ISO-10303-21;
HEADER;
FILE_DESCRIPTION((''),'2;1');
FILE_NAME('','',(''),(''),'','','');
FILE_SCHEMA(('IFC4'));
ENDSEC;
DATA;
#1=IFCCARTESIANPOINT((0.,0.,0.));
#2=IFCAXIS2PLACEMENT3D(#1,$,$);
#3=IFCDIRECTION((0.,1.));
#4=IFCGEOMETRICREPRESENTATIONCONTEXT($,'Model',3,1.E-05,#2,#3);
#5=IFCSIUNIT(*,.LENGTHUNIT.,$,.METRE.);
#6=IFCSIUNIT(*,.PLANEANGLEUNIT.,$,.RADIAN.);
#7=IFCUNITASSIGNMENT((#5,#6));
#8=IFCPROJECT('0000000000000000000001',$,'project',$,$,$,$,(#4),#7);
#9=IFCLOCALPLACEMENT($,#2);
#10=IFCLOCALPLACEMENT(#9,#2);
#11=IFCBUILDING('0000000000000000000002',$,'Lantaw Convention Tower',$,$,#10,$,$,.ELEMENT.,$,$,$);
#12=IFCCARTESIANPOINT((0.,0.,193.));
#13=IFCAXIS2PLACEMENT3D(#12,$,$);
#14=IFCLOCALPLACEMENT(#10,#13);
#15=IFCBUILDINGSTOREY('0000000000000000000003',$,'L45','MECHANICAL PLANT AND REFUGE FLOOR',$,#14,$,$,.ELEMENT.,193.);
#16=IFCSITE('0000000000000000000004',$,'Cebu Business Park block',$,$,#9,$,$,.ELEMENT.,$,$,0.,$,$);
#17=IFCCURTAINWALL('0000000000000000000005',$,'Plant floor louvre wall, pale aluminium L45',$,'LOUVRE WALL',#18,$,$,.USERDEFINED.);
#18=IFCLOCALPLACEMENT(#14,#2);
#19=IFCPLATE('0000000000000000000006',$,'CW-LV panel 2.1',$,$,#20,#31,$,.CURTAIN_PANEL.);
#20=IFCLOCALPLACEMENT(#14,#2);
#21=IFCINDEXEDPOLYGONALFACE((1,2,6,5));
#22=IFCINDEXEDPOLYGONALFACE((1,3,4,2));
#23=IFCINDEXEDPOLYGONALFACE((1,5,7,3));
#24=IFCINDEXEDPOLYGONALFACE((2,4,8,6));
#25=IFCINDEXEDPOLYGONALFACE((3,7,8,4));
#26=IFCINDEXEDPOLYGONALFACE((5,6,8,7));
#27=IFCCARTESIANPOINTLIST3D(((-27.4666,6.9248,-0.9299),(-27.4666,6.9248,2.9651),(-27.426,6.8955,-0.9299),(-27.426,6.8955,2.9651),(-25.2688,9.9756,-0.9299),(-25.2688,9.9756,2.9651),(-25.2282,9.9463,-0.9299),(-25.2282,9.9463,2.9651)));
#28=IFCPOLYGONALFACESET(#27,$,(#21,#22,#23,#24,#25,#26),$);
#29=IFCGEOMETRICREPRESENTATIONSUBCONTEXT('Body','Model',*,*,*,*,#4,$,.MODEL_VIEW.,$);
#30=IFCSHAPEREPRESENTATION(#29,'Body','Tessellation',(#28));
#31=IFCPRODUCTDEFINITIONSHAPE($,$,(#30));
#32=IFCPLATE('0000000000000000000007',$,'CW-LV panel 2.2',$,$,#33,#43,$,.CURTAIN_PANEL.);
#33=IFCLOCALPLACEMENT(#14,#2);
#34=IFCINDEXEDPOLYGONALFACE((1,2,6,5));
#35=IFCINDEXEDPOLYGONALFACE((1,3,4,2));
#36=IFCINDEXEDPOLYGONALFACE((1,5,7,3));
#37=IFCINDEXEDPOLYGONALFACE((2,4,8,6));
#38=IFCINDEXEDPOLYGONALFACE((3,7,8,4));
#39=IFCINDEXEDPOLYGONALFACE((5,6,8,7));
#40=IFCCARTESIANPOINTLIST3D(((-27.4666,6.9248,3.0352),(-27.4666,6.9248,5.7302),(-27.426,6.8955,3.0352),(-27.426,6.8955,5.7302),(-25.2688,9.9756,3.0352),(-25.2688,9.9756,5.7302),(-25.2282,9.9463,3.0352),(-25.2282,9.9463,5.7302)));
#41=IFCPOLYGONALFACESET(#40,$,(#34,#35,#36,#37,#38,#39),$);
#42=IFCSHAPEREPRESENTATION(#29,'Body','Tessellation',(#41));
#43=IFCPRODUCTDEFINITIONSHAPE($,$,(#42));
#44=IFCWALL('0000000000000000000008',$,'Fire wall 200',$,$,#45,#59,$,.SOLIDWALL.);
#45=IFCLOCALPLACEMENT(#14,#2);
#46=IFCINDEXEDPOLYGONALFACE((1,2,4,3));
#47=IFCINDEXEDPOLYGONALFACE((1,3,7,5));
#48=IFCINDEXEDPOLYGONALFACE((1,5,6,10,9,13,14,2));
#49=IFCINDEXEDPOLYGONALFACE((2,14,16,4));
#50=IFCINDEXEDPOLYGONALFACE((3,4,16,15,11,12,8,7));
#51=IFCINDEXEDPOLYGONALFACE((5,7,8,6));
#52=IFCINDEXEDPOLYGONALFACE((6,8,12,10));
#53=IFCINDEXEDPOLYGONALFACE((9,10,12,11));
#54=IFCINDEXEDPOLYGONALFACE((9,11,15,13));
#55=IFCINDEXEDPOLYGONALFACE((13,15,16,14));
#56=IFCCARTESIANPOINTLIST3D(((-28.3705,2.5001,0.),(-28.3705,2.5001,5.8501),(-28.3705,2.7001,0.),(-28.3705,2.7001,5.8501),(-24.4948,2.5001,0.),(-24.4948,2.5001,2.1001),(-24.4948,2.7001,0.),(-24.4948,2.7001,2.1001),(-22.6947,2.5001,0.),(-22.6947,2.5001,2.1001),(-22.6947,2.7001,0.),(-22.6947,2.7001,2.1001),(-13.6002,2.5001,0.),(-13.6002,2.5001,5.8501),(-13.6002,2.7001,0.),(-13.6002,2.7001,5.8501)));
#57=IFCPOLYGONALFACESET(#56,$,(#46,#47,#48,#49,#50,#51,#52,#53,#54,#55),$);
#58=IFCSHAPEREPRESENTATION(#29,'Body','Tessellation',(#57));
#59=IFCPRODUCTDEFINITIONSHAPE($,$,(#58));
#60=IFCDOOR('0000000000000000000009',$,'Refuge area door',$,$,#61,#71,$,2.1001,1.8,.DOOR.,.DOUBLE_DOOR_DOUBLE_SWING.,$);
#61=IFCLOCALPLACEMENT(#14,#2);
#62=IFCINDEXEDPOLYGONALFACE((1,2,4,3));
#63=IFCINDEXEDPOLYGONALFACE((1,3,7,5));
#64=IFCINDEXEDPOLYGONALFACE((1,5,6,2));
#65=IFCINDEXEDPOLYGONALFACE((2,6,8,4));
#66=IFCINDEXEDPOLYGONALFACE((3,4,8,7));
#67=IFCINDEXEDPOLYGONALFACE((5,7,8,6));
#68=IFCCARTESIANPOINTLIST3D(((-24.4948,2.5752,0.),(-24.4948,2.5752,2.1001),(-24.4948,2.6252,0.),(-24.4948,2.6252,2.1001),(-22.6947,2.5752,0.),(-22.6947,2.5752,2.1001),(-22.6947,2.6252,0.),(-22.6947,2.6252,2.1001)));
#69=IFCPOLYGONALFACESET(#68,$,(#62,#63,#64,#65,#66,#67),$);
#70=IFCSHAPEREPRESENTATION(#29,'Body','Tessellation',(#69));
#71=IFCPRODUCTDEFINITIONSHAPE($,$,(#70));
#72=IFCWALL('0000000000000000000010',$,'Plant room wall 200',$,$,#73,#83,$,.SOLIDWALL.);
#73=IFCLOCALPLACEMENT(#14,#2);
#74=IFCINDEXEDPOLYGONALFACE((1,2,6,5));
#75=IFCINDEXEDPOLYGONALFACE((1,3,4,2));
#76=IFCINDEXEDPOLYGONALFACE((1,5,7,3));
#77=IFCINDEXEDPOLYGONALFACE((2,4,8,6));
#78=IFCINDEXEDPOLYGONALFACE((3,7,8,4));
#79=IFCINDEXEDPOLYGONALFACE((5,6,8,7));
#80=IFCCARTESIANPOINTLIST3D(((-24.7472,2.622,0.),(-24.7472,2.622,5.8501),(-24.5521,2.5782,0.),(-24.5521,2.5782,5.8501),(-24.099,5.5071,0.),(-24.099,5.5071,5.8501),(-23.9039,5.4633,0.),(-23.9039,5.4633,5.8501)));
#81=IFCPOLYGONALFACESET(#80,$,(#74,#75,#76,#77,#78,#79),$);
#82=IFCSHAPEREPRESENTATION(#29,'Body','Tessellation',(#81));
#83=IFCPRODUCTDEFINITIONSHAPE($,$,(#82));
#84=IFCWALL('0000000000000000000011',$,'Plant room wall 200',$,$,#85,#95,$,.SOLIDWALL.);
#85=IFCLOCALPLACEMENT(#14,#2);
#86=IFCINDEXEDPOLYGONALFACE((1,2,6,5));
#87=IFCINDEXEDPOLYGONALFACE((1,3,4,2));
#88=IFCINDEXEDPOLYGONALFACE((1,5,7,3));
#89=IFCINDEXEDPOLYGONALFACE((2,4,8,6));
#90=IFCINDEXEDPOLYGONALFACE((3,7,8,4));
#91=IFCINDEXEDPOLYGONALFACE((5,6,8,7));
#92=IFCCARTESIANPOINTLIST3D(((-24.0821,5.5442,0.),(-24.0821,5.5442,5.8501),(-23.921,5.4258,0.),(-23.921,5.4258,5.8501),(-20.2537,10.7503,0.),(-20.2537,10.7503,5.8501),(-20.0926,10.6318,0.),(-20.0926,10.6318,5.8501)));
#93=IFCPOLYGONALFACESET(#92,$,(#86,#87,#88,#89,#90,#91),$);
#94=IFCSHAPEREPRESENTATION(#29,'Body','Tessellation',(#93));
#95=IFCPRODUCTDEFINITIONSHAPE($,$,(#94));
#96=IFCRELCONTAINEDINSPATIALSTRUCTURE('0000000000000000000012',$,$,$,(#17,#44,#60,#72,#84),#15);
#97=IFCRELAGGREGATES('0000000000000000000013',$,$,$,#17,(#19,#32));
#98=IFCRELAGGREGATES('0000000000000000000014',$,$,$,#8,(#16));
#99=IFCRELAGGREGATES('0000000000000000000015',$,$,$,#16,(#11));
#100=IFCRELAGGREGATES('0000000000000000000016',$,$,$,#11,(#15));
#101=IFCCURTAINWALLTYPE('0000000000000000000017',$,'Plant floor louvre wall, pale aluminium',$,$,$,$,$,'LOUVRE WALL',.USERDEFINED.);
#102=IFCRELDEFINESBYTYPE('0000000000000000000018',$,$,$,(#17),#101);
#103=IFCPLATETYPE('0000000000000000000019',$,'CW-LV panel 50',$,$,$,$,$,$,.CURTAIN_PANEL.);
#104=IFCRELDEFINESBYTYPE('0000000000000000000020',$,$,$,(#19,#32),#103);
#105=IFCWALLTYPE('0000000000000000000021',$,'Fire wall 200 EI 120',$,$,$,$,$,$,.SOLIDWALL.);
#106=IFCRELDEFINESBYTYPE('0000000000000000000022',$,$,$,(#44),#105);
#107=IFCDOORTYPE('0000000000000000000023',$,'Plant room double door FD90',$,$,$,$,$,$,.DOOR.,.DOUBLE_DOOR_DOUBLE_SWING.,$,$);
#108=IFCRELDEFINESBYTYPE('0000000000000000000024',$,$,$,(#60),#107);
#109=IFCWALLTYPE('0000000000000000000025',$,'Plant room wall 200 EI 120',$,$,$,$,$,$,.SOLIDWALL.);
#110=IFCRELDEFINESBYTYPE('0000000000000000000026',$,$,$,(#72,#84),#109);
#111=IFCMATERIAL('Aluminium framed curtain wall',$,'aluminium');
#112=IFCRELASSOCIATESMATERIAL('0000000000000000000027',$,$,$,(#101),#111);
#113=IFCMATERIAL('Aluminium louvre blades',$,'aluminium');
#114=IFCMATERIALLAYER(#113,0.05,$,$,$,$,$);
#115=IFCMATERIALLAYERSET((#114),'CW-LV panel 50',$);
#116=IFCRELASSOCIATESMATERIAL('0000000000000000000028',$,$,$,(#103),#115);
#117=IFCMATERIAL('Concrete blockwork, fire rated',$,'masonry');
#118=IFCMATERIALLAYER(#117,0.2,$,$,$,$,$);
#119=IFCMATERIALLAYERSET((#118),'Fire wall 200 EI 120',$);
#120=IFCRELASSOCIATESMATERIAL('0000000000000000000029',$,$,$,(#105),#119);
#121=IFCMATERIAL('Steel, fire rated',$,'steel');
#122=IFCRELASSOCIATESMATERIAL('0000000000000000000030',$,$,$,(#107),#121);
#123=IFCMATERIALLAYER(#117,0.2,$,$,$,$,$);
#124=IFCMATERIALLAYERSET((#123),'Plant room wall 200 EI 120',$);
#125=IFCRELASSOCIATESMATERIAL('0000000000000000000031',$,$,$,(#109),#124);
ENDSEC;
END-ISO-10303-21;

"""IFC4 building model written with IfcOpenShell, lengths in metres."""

from ifc_helpers import new_model, si_unit, direction, frame, frame_2d, origin, origin_2d, place, context, subcontext, project, spatial, rectangle, extrude, material, layer, layer_set, type_object, element, fill, aggregate, save


model = new_model("IFC4")

# Units and contexts
model_context = context("Model", 3, precision=1e-05, world=origin(), true_north=direction((0.0, 1.0)))
body_context = subcontext(model_context, "Body", "Model", "MODEL_VIEW")
ifc_project = project(units=[si_unit("LENGTHUNIT", "METRE"), si_unit("PLANEANGLEUNIT", "RADIAN")], contexts=[model_context])

# Site, building, storey
site_placement = place(None, origin())
site = spatial("IfcSite", under=ifc_project, at=site_placement, Name="Cebu Business Park block", CompositionType="ELEMENT", RefElevation=0.0)
building_placement = place(site_placement, origin())
building = spatial("IfcBuilding", under=site, at=building_placement, Name="Lantaw Convention Tower", CompositionType="ELEMENT")
storey_placement = place(building_placement, frame((0.0, 0.0, 193.0)))
storey = spatial("IfcBuildingStorey", under=building, at=storey_placement, Name="L45", Description="MECHANICAL PLANT AND REFUGE FLOOR", CompositionType="ELEMENT", Elevation=193.0)

# Curtain wall
ifc_material_1 = material(Name="Aluminium framed curtain wall", Category="aluminium")
curtain_wall_type = type_object("IfcCurtainWallType", Name="Plant floor louvre wall, pale aluminium", ElementType="LOUVRE WALL", PredefinedType="USERDEFINED", material=ifc_material_1)
curtain_wall_placement = place(storey_placement, origin())
curtain_wall = element("IfcCurtainWall", 1, at=curtain_wall_placement, inside=storey, type_object=curtain_wall_type, Name="Plant floor louvre wall, pale aluminium L45", ObjectType="LOUVRE WALL", PredefinedType="USERDEFINED")

# Plates
ifc_material_2 = material(Name="Aluminium louvre blades", Category="aluminium")
ifc_layer_1 = layer(ifc_material_2, 0.05)
ifc_layer_set_1 = layer_set([ifc_layer_1], Name="CW-LV panel 50")
plate_type = type_object("IfcPlateType", Name="CW-LV panel 50", PredefinedType="CURTAIN_PANEL", material=ifc_layer_set_1)
plate_1_placement = place(storey_placement, frame((-26.3474, 8.4355, -0.9299), z_axis=(0.0, 0.0, 1.0), x_axis=(-0.584513, -0.811385, 0.0)))
plate_1 = element("IfcPlate", 2, at=plate_1_placement, type_object=plate_type, Name="CW-LV panel 2.1", PredefinedType="CURTAIN_PANEL", context=body_context, shape_type="SweptSolid", body=[
    extrude(rectangle(XDim=3.76, YDim=0.05, at=origin_2d()), origin(), (0.0, 0.0, 1.0), 3.895),
])
plate_2_placement = place(storey_placement, frame((-26.3474, 8.4355, 3.0352), z_axis=(0.0, 0.0, 1.0), x_axis=(-0.584513, -0.811385, 0.0)))
plate_2 = element("IfcPlate", 3, at=plate_2_placement, type_object=plate_type, Name="CW-LV panel 2.2", PredefinedType="CURTAIN_PANEL", context=body_context, shape_type="SweptSolid", body=[
    extrude(rectangle(XDim=3.76, YDim=0.05, at=origin_2d()), origin(), (0.0, 0.0, 1.0), 2.6951),
])
aggregate(curtain_wall, [plate_1, plate_2])

# Wall, opening, door
ifc_material_3 = material(Name="Concrete blockwork, fire rated", Category="masonry")
ifc_layer_2 = layer(ifc_material_3, 0.2)
ifc_layer_set_2 = layer_set([ifc_layer_2], Name="Fire wall 200 EI 120")
wall_type_1 = type_object("IfcWallType", Name="Fire wall 200 EI 120", PredefinedType="SOLIDWALL", material=ifc_layer_set_2)
wall_1_placement = place(storey_placement, frame((-13.6001, 2.6001, 0.0), z_axis=(0.0, 0.0, 1.0), x_axis=(-1.0, 0.0, 0.0)))
wall_1 = element("IfcWall", 4, at=wall_1_placement, inside=storey, type_object=wall_type_1, Name="Fire wall 200", PredefinedType="SOLIDWALL", context=body_context, shape_type="SweptSolid", body=[
    extrude(rectangle(XDim=14.7703, YDim=0.2, at=frame_2d((7.3853, 0.0))), origin(), (0.0, 0.0, 1.0), 5.8501),
])
opening_placement = place(wall_1_placement, frame((9.0947, 0.0, 0.0)))
opening = element("IfcOpeningElement", 5, at=opening_placement, cuts=wall_1, PredefinedType="OPENING", context=body_context, shape_type="SweptSolid", body=[
    extrude(rectangle(XDim=1.8, YDim=2.1001, at=frame_2d((0.8999, 1.05))), frame((0.0, 0.1099, 0.0), z_axis=(0.0, -1.0, 0.0), x_axis=(1.0, 0.0, 0.0)), (0.0, 0.0, 1.0), 0.22),
])
ifc_material_4 = material(Name="Steel, fire rated", Category="steel")
door_type = type_object("IfcDoorType", Name="Plant room double door FD90", OperationType="DOUBLE_DOOR_DOUBLE_SWING", PredefinedType="DOOR", material=ifc_material_4)
door_placement = place(opening_placement, origin())
door = element("IfcDoor", 6, at=door_placement, inside=storey, type_object=door_type, Name="Refuge area door", OperationType="DOUBLE_DOOR_DOUBLE_SWING", OverallHeight=2.1001, OverallWidth=1.8, PredefinedType="DOOR", context=body_context, shape_type="SweptSolid", body=[
    extrude(rectangle(XDim=1.8, YDim=2.1001, at=frame_2d((0.8999, 1.05))), frame((0.0, 0.0249, 0.0), z_axis=(0.0, -1.0, 0.0), x_axis=(1.0, 0.0, 0.0)), (0.0, 0.0, 1.0), 0.05),
])
fill(opening, door)

# Walls
ifc_layer_3 = layer(ifc_material_3, 0.2)
ifc_layer_set_3 = layer_set([ifc_layer_3], Name="Plant room wall 200 EI 120")
wall_type_2 = type_object("IfcWallType", Name="Plant room wall 200 EI 120", PredefinedType="SOLIDWALL", material=ifc_layer_set_3)
wall_2_placement = place(storey_placement, frame((-24.6497, 2.6001, 0.0), z_axis=(0.0, 0.0, 1.0), x_axis=(0.219212, 0.975677, 0.0)))
element("IfcWall", 7, at=wall_2_placement, inside=storey, type_object=wall_type_2, Name="Plant room wall 200", PredefinedType="SOLIDWALL", context=body_context, shape_type="SweptSolid", body=[
    extrude(rectangle(XDim=2.957, YDim=0.2, at=frame_2d((1.4785, 0.0))), origin(), (0.0, 0.0, 1.0), 5.8501),
])
wall_3_placement = place(storey_placement, frame((-24.0015, 5.4851, 0.0), z_axis=(0.0, 0.0, 1.0), x_axis=(0.592429, 0.805622, 0.0)))
element("IfcWall", 8, at=wall_3_placement, inside=storey, type_object=wall_type_2, Name="Plant room wall 200", PredefinedType="SOLIDWALL", context=body_context, shape_type="SweptSolid", body=[
    extrude(rectangle(XDim=6.4622, YDim=0.2, at=frame_2d((3.231, 0.0))), origin(), (0.0, 0.0, 1.0), 5.8501),
])

save(model, "model.ifc")
